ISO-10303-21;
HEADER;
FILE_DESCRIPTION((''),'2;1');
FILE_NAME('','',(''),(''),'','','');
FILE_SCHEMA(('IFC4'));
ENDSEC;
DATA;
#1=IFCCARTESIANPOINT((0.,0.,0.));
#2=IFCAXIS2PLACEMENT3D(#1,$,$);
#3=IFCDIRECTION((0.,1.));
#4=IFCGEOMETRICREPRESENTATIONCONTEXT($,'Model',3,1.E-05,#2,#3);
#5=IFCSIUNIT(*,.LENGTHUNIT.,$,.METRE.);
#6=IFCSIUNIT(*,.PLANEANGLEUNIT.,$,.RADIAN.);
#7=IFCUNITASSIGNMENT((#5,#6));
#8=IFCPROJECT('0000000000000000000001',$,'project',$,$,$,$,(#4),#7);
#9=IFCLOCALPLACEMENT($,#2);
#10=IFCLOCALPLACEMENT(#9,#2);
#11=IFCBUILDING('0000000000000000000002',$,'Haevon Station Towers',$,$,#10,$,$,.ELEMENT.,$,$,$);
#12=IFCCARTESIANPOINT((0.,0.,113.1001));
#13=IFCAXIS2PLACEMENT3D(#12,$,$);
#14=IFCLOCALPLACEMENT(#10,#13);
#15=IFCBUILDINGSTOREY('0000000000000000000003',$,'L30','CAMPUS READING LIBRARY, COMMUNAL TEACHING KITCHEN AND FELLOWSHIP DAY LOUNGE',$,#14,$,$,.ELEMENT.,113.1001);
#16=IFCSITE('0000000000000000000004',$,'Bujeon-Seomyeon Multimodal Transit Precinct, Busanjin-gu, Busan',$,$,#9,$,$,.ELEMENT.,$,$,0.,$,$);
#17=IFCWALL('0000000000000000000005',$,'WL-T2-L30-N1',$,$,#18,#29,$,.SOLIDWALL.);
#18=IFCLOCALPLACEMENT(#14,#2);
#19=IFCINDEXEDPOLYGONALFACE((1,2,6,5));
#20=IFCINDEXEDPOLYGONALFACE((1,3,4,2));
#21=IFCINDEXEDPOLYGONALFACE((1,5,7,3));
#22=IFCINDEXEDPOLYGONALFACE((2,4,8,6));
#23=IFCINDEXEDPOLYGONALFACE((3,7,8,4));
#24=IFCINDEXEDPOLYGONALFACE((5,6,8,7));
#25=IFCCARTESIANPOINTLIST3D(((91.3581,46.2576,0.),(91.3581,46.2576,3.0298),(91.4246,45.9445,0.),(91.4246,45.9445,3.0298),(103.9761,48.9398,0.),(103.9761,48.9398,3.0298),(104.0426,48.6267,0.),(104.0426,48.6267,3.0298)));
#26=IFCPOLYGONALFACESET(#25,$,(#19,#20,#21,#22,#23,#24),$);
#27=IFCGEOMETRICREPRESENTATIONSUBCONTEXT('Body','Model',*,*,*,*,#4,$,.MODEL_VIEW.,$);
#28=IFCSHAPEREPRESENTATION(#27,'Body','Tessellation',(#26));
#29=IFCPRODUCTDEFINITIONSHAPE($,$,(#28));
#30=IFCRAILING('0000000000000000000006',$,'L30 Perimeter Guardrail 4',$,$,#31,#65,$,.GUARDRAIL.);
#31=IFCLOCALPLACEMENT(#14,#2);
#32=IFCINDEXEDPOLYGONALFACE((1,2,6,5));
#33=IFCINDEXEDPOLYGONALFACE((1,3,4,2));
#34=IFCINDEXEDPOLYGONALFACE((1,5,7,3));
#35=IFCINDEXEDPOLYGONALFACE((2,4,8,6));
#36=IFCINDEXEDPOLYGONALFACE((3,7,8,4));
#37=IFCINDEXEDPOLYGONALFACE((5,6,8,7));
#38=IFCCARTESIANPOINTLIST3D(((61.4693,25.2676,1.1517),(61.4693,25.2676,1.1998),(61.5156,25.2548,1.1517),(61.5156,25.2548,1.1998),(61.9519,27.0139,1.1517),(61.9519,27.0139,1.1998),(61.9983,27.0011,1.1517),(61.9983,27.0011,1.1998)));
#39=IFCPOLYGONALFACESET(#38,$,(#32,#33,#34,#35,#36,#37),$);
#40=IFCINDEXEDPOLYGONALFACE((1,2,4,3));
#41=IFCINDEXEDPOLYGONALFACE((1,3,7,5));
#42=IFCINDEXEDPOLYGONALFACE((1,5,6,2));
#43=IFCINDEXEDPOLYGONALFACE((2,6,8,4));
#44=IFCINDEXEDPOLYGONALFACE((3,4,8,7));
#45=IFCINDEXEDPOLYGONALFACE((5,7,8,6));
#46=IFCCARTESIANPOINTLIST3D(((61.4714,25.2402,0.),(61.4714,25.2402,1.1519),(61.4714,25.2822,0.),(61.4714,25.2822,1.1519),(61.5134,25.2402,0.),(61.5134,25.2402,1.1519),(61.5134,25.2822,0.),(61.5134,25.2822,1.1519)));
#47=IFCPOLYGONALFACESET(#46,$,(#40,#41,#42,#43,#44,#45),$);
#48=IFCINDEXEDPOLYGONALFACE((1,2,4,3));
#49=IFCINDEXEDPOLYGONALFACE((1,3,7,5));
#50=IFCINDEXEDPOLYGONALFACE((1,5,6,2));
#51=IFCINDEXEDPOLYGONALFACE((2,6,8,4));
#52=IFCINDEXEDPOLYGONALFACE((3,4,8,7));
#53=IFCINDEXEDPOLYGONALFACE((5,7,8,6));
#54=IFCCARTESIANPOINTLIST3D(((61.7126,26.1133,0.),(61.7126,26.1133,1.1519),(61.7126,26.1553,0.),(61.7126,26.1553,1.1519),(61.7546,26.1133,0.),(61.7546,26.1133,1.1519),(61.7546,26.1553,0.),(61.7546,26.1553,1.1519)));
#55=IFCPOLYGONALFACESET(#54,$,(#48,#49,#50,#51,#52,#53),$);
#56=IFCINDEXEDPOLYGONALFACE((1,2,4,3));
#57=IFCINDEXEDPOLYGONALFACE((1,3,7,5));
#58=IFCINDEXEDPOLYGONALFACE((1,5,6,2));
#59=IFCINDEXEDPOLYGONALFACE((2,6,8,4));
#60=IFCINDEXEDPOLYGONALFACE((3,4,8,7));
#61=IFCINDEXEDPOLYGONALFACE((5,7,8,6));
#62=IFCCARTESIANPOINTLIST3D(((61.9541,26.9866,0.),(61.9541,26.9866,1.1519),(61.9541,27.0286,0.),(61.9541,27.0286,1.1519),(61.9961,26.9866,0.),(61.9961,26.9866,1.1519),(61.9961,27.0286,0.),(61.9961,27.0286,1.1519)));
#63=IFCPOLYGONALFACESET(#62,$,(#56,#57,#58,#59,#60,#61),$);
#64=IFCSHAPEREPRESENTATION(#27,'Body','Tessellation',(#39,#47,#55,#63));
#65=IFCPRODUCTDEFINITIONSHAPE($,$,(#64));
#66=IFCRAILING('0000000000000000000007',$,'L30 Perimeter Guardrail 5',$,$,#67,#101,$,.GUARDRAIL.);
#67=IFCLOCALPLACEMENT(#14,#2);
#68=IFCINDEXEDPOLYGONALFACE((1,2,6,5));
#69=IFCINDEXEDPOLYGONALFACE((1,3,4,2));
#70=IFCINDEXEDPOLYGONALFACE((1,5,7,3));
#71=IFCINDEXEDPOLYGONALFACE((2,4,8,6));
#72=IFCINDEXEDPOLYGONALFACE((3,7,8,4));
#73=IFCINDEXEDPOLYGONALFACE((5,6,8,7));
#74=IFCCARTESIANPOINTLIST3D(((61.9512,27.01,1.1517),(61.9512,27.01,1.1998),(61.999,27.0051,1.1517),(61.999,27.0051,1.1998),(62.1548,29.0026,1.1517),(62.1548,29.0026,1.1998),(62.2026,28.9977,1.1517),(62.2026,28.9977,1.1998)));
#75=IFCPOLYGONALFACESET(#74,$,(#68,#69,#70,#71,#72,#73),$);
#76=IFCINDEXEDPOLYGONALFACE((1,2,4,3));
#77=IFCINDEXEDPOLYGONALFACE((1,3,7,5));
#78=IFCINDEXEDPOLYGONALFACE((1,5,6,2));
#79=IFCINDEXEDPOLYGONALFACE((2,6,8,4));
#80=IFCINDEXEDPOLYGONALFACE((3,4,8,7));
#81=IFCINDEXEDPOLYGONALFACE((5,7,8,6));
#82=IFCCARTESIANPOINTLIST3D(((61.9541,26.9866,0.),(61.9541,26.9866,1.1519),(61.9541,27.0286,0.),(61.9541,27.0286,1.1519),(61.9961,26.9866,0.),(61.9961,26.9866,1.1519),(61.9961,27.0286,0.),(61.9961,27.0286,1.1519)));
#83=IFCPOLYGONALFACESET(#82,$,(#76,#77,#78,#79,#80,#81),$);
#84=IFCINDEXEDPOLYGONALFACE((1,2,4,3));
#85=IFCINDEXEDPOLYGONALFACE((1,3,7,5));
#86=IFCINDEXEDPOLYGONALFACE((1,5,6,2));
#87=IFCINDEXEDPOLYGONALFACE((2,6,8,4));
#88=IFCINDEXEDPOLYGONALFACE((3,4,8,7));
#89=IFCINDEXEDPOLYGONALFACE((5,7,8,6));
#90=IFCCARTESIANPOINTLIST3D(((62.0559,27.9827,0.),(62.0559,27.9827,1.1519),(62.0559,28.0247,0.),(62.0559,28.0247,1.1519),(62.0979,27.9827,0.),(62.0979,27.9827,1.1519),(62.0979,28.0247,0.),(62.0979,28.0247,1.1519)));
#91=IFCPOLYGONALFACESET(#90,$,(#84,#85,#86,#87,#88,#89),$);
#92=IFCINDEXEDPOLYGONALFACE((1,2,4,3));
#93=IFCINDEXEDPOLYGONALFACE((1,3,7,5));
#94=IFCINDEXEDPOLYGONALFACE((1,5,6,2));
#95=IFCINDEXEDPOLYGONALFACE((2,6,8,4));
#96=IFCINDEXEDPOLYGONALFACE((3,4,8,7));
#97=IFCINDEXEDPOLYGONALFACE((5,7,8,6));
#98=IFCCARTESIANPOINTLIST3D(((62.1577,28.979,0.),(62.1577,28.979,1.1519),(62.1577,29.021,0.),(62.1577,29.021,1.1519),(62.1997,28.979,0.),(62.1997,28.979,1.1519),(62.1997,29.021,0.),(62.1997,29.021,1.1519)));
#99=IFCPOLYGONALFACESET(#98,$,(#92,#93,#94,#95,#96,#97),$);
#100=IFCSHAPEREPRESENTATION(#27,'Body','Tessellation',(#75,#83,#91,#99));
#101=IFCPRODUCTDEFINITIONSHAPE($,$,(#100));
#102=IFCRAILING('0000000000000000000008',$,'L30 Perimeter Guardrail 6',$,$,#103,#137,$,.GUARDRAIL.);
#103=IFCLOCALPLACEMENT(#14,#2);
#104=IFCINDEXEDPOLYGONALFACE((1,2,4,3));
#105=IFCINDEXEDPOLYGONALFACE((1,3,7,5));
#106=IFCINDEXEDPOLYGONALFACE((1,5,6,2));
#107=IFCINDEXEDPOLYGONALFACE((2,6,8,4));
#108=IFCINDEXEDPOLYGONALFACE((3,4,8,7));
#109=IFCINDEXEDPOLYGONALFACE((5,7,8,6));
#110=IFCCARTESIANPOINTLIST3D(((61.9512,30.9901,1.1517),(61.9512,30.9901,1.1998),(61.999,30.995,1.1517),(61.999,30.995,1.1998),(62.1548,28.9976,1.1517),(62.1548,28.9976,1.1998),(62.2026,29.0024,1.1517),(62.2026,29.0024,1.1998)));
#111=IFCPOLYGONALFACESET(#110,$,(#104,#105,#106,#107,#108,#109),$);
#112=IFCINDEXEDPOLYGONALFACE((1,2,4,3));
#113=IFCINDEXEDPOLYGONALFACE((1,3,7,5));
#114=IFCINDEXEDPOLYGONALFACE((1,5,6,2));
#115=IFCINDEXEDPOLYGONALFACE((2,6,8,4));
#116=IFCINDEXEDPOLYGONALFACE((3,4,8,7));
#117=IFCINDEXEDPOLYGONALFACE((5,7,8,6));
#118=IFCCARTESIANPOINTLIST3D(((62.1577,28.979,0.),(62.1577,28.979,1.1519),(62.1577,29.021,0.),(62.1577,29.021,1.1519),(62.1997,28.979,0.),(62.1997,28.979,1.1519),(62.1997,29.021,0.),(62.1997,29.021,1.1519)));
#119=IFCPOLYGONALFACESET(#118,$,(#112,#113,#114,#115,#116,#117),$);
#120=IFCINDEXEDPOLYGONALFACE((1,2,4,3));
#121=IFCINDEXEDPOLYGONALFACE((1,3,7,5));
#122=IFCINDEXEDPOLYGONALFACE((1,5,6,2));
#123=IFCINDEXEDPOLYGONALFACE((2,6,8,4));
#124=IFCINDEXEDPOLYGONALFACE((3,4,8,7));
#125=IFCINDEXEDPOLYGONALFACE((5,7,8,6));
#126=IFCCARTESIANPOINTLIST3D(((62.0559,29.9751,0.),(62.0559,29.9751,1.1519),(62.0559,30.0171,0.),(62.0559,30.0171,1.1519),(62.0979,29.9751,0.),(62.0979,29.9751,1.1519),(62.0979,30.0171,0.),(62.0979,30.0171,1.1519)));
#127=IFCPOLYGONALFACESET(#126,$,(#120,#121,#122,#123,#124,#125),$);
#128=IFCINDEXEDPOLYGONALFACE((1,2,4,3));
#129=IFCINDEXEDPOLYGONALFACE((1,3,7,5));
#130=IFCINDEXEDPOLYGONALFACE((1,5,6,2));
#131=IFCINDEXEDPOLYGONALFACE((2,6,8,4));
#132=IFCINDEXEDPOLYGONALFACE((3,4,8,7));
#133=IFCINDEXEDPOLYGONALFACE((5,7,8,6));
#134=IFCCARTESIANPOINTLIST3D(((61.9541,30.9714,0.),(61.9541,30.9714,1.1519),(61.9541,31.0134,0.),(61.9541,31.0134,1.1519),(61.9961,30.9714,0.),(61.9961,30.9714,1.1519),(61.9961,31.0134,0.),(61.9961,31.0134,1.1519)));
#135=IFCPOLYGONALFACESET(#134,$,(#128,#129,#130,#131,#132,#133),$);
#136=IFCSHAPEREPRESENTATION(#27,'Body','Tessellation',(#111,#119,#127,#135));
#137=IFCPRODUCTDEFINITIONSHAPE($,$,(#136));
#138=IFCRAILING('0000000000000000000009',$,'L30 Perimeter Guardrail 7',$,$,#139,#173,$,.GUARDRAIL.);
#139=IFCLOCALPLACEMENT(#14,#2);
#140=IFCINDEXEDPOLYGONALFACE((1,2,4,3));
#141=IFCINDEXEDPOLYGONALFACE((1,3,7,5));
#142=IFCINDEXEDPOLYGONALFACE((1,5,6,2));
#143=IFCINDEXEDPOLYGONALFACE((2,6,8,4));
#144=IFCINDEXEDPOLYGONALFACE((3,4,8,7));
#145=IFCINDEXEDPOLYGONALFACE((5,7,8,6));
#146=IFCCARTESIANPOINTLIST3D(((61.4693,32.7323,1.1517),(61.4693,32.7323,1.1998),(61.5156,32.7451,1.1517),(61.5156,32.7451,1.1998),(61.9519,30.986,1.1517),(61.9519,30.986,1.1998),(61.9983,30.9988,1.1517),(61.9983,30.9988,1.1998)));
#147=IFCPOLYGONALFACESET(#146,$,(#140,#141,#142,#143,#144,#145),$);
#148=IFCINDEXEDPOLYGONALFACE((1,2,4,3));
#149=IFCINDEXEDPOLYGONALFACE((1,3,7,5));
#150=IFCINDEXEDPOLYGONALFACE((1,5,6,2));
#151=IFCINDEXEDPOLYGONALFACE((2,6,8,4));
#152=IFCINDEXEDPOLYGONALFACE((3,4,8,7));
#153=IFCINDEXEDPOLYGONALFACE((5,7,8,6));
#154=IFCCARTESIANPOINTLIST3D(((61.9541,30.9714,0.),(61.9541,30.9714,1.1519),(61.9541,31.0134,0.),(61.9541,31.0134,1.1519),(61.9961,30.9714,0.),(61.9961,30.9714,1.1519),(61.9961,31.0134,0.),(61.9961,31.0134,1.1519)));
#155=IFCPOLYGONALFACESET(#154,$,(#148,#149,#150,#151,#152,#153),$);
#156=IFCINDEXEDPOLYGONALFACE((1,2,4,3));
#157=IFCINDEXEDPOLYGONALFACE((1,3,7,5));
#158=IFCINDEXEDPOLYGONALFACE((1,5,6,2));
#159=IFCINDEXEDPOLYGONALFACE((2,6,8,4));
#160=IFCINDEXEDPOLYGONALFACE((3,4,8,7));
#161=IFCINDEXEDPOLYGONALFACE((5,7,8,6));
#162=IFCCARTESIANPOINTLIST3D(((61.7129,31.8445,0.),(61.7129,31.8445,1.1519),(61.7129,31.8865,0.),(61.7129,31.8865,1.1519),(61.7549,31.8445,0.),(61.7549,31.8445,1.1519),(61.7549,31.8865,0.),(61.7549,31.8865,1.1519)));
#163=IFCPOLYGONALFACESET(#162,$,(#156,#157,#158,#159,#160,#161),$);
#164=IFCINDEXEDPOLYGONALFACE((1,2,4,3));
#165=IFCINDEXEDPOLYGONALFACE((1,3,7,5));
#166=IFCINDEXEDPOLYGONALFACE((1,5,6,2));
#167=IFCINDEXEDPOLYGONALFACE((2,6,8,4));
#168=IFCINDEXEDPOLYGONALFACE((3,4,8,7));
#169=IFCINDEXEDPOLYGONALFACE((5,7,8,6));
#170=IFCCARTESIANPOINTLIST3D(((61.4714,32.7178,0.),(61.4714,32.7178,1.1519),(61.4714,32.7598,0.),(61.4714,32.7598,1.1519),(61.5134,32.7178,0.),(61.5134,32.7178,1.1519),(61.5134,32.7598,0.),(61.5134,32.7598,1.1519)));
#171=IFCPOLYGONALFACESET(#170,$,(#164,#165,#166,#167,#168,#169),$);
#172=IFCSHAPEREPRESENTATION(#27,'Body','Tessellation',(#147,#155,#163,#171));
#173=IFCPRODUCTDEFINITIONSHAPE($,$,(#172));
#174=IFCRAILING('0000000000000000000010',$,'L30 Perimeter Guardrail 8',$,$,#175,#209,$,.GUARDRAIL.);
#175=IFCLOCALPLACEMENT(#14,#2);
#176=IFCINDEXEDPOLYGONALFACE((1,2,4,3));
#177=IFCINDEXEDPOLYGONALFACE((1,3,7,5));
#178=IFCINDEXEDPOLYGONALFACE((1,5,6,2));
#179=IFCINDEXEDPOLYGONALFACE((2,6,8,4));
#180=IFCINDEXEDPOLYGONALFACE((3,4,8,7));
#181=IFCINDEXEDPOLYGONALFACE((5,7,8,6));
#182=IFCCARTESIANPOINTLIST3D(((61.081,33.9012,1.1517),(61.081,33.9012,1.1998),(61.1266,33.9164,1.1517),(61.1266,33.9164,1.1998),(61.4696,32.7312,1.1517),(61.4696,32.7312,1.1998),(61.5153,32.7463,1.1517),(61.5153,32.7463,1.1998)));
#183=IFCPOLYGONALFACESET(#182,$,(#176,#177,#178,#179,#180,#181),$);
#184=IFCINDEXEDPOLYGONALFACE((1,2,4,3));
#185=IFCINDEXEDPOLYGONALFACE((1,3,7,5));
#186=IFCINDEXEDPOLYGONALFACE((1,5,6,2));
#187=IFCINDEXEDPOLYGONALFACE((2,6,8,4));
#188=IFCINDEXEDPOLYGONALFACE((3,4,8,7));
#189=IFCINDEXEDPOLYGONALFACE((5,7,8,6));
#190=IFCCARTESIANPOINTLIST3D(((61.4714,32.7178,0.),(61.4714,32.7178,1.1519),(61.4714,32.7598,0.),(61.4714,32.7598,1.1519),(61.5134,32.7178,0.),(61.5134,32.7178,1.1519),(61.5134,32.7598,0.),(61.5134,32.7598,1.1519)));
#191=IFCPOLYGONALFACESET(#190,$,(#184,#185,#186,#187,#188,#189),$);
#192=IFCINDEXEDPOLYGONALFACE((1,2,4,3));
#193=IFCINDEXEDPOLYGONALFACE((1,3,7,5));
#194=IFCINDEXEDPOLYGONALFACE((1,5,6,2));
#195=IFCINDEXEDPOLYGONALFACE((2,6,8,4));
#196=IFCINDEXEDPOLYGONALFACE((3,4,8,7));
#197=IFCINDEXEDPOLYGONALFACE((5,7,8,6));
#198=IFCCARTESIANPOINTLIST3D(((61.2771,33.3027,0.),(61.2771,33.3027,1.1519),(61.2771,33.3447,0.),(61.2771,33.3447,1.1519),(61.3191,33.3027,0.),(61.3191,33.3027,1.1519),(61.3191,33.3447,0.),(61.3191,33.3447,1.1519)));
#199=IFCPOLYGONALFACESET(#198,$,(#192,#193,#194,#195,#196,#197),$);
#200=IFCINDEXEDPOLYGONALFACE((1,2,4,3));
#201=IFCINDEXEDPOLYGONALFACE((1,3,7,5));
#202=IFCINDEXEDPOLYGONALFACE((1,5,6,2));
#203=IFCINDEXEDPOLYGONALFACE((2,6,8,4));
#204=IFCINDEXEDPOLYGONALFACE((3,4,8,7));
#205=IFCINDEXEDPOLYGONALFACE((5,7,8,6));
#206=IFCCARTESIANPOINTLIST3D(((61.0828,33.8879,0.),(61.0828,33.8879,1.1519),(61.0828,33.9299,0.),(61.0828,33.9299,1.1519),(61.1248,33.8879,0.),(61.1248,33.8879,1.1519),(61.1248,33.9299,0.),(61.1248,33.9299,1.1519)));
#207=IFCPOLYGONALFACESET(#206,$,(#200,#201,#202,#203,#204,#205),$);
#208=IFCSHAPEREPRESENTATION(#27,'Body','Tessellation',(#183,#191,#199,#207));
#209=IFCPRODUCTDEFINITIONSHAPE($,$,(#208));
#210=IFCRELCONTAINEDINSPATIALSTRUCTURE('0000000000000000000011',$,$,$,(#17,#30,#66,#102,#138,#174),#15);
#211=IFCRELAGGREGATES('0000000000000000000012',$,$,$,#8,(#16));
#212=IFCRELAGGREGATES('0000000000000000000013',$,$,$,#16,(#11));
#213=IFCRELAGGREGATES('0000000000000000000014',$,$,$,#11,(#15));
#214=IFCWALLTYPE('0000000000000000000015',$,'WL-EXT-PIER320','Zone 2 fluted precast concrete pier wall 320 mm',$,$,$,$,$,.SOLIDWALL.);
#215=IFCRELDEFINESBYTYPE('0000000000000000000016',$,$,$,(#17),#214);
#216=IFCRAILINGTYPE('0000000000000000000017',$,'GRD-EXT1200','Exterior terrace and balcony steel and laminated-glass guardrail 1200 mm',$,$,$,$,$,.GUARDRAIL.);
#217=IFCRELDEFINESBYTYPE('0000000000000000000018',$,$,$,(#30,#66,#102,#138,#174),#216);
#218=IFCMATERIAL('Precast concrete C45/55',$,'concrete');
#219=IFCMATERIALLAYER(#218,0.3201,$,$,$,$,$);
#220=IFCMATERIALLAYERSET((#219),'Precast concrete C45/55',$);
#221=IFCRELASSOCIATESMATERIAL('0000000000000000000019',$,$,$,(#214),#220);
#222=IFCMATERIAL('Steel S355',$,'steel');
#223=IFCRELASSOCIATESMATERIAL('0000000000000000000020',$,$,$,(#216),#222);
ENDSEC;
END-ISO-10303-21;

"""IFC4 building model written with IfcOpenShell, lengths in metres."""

from ifc_helpers import new_model, si_unit, direction, frame, frame_2d, origin, origin_2d, place, context, subcontext, project, spatial, rectangle, extrude, material, layer, layer_set, type_object, element, save


model = new_model("IFC4")

# Units and contexts
model_context = context("Model", 3, precision=1e-05, world=origin(), true_north=direction((0.0, 1.0)))
body_context = subcontext(model_context, "Body", "Model", "MODEL_VIEW")
ifc_project = project(units=[si_unit("LENGTHUNIT", "METRE"), si_unit("PLANEANGLEUNIT", "RADIAN")], contexts=[model_context])

# Site, building, storey
site_placement = place(None, origin())
site = spatial("IfcSite", under=ifc_project, at=site_placement, Name="Bujeon-Seomyeon Multimodal Transit Precinct, Busanjin-gu, Busan", CompositionType="ELEMENT", RefElevation=0.0)
building_placement = place(site_placement, origin())
building = spatial("IfcBuilding", under=site, at=building_placement, Name="Haevon Station Towers", CompositionType="ELEMENT")
storey_placement = place(building_placement, frame((0.0, 0.0, 113.1001)))
storey = spatial("IfcBuildingStorey", under=building, at=storey_placement, Name="L30", Description="CAMPUS READING LIBRARY, COMMUNAL TEACHING KITCHEN AND FELLOWSHIP DAY LOUNGE", CompositionType="ELEMENT", Elevation=113.1001)

# Shared definitions
ifc_material_1 = material(Name="Steel S355", Category="steel")

# Wall
ifc_material_2 = material(Name="Precast concrete C45/55", Category="concrete")
ifc_layer_1 = layer(ifc_material_2, 0.3201)
ifc_layer_set_1 = layer_set([ifc_layer_1], Name="Precast concrete C45/55")
wall_type = type_object("IfcWallType", Name="WL-EXT-PIER320", Description="Zone 2 fluted precast concrete pier wall 320 mm", PredefinedType="SOLIDWALL", material=ifc_layer_set_1)
wall_1_placement = place(storey_placement, frame((91.3914, 46.1011, 0.0), z_axis=(0.0, 0.0, 1.0), x_axis=(0.978146, 0.20792, 0.0)))
element("IfcWall", 1, at=wall_1_placement, inside=storey, type_object=wall_type, Name="WL-T2-L30-N1", PredefinedType="SOLIDWALL", context=body_context, shape_type="SweptSolid", body=[
    extrude(rectangle(XDim=12.8999, YDim=0.3201, at=frame_2d((6.45, 0.0))), origin(), (0.0, 0.0, 1.0), 3.0298),
])

# Railings
railing_type = type_object("IfcRailingType", Name="GRD-EXT1200", Description="Exterior terrace and balcony steel and laminated-glass guardrail 1200 mm", PredefinedType="GUARDRAIL", material=ifc_material_1)
railing_1_placement = place(storey_placement, frame((61.4924, 25.2612, 0.0)))
element("IfcRailing", 2, at=railing_1_placement, inside=storey, type_object=railing_type, Name="L30 Perimeter Guardrail 4", PredefinedType="GUARDRAIL", context=body_context, shape_type="SweptSolid", body=[
    extrude(rectangle(XDim=0.0481, YDim=0.0481, at=origin_2d()), frame((0.0, 0.0, 1.1758), z_axis=(0.2664, 0.963863, 0.0), x_axis=(-0.963863, 0.2664, 0.0)), (0.0, 0.0, 1.0), 1.8118),
    extrude(rectangle(XDim=0.042, YDim=0.042, at=origin_2d()), origin(), (0.0, 0.0, 1.0), 1.1519),
    extrude(rectangle(XDim=0.042, YDim=0.042, at=origin_2d()), frame((0.2412, 0.873, 0.0)), (0.0, 0.0, 1.0), 1.1519),
    extrude(rectangle(XDim=0.042, YDim=0.042, at=origin_2d()), frame((0.4827, 1.7463, 0.0)), (0.0, 0.0, 1.0), 1.1519),
])
railing_2_placement = place(storey_placement, frame((61.9751, 27.0076, 0.0)))
element("IfcRailing", 3, at=railing_2_placement, inside=storey, type_object=railing_type, Name="L30 Perimeter Guardrail 5", PredefinedType="GUARDRAIL", context=body_context, shape_type="SweptSolid", body=[
    extrude(rectangle(XDim=0.0481, YDim=0.0481, at=origin_2d()), frame((0.0, 0.0, 1.1758), z_axis=(0.101664, 0.994819, 0.0), x_axis=(-0.994819, 0.101664, 0.0)), (0.0, 0.0, 1.0), 2.0029),
    extrude(rectangle(XDim=0.042, YDim=0.042, at=origin_2d()), origin(), (0.0, 0.0, 1.0), 1.1519),
    extrude(rectangle(XDim=0.042, YDim=0.042, at=origin_2d()), frame((0.1018, 0.9961, 0.0)), (0.0, 0.0, 1.0), 1.1519),
    extrude(rectangle(XDim=0.042, YDim=0.042, at=origin_2d()), frame((0.2036, 1.9924, 0.0)), (0.0, 0.0, 1.0), 1.1519),
])
railing_3_placement = place(storey_placement, frame((62.1787, 29.0, 0.0)))
element("IfcRailing", 4, at=railing_3_placement, inside=storey, type_object=railing_type, Name="L30 Perimeter Guardrail 6", PredefinedType="GUARDRAIL", context=body_context, shape_type="SweptSolid", body=[
    extrude(rectangle(XDim=0.0481, YDim=0.0481, at=origin_2d()), frame((0.0, 0.0, 1.1758), z_axis=(-0.101664, 0.994819, 0.0), x_axis=(-0.994819, -0.101664, 0.0)), (0.0, 0.0, 1.0), 2.0029),
    extrude(rectangle(XDim=0.042, YDim=0.042, at=origin_2d()), origin(), (0.0, 0.0, 1.0), 1.1519),
    extrude(rectangle(XDim=0.042, YDim=0.042, at=origin_2d()), frame((-0.1018, 0.9961, 0.0)), (0.0, 0.0, 1.0), 1.1519),
    extrude(rectangle(XDim=0.042, YDim=0.042, at=origin_2d()), frame((-0.2036, 1.9924, 0.0)), (0.0, 0.0, 1.0), 1.1519),
])
railing_4_placement = place(storey_placement, frame((61.9751, 30.9924, 0.0)))
element("IfcRailing", 5, at=railing_4_placement, inside=storey, type_object=railing_type, Name="L30 Perimeter Guardrail 7", PredefinedType="GUARDRAIL", context=body_context, shape_type="SweptSolid", body=[
    extrude(rectangle(XDim=0.0481, YDim=0.0481, at=origin_2d()), frame((0.0, 0.0, 1.1758), z_axis=(-0.2664, 0.963863, 0.0), x_axis=(-0.963863, -0.2664, 0.0)), (0.0, 0.0, 1.0), 1.8118),
    extrude(rectangle(XDim=0.042, YDim=0.042, at=origin_2d()), origin(), (0.0, 0.0, 1.0), 1.1519),
    extrude(rectangle(XDim=0.042, YDim=0.042, at=origin_2d()), frame((-0.2412, 0.873, 0.0)), (0.0, 0.0, 1.0), 1.1519),
    extrude(rectangle(XDim=0.042, YDim=0.042, at=origin_2d()), frame((-0.4827, 1.7463, 0.0)), (0.0, 0.0, 1.0), 1.1519),
])
railing_5_placement = place(storey_placement, frame((61.4924, 32.7388, 0.0)))
element("IfcRailing", 6, at=railing_5_placement, inside=storey, type_object=railing_type, Name="L30 Perimeter Guardrail 8", PredefinedType="GUARDRAIL", context=body_context, shape_type="SweptSolid", body=[
    extrude(rectangle(XDim=0.0481, YDim=0.0481, at=origin_2d()), frame((0.0, 0.0, 1.1758), z_axis=(-0.315218, 0.949019, 0.0), x_axis=(-0.949019, -0.315218, 0.0)), (0.0, 0.0, 1.0), 1.2329),
    extrude(rectangle(XDim=0.042, YDim=0.042, at=origin_2d()), origin(), (0.0, 0.0, 1.0), 1.1519),
    extrude(rectangle(XDim=0.042, YDim=0.042, at=origin_2d()), frame((-0.1943, 0.585, 0.0)), (0.0, 0.0, 1.0), 1.1519),
    extrude(rectangle(XDim=0.042, YDim=0.042, at=origin_2d()), frame((-0.3887, 1.1702, 0.0)), (0.0, 0.0, 1.0), 1.1519),
])

save(model, "model.ifc")
